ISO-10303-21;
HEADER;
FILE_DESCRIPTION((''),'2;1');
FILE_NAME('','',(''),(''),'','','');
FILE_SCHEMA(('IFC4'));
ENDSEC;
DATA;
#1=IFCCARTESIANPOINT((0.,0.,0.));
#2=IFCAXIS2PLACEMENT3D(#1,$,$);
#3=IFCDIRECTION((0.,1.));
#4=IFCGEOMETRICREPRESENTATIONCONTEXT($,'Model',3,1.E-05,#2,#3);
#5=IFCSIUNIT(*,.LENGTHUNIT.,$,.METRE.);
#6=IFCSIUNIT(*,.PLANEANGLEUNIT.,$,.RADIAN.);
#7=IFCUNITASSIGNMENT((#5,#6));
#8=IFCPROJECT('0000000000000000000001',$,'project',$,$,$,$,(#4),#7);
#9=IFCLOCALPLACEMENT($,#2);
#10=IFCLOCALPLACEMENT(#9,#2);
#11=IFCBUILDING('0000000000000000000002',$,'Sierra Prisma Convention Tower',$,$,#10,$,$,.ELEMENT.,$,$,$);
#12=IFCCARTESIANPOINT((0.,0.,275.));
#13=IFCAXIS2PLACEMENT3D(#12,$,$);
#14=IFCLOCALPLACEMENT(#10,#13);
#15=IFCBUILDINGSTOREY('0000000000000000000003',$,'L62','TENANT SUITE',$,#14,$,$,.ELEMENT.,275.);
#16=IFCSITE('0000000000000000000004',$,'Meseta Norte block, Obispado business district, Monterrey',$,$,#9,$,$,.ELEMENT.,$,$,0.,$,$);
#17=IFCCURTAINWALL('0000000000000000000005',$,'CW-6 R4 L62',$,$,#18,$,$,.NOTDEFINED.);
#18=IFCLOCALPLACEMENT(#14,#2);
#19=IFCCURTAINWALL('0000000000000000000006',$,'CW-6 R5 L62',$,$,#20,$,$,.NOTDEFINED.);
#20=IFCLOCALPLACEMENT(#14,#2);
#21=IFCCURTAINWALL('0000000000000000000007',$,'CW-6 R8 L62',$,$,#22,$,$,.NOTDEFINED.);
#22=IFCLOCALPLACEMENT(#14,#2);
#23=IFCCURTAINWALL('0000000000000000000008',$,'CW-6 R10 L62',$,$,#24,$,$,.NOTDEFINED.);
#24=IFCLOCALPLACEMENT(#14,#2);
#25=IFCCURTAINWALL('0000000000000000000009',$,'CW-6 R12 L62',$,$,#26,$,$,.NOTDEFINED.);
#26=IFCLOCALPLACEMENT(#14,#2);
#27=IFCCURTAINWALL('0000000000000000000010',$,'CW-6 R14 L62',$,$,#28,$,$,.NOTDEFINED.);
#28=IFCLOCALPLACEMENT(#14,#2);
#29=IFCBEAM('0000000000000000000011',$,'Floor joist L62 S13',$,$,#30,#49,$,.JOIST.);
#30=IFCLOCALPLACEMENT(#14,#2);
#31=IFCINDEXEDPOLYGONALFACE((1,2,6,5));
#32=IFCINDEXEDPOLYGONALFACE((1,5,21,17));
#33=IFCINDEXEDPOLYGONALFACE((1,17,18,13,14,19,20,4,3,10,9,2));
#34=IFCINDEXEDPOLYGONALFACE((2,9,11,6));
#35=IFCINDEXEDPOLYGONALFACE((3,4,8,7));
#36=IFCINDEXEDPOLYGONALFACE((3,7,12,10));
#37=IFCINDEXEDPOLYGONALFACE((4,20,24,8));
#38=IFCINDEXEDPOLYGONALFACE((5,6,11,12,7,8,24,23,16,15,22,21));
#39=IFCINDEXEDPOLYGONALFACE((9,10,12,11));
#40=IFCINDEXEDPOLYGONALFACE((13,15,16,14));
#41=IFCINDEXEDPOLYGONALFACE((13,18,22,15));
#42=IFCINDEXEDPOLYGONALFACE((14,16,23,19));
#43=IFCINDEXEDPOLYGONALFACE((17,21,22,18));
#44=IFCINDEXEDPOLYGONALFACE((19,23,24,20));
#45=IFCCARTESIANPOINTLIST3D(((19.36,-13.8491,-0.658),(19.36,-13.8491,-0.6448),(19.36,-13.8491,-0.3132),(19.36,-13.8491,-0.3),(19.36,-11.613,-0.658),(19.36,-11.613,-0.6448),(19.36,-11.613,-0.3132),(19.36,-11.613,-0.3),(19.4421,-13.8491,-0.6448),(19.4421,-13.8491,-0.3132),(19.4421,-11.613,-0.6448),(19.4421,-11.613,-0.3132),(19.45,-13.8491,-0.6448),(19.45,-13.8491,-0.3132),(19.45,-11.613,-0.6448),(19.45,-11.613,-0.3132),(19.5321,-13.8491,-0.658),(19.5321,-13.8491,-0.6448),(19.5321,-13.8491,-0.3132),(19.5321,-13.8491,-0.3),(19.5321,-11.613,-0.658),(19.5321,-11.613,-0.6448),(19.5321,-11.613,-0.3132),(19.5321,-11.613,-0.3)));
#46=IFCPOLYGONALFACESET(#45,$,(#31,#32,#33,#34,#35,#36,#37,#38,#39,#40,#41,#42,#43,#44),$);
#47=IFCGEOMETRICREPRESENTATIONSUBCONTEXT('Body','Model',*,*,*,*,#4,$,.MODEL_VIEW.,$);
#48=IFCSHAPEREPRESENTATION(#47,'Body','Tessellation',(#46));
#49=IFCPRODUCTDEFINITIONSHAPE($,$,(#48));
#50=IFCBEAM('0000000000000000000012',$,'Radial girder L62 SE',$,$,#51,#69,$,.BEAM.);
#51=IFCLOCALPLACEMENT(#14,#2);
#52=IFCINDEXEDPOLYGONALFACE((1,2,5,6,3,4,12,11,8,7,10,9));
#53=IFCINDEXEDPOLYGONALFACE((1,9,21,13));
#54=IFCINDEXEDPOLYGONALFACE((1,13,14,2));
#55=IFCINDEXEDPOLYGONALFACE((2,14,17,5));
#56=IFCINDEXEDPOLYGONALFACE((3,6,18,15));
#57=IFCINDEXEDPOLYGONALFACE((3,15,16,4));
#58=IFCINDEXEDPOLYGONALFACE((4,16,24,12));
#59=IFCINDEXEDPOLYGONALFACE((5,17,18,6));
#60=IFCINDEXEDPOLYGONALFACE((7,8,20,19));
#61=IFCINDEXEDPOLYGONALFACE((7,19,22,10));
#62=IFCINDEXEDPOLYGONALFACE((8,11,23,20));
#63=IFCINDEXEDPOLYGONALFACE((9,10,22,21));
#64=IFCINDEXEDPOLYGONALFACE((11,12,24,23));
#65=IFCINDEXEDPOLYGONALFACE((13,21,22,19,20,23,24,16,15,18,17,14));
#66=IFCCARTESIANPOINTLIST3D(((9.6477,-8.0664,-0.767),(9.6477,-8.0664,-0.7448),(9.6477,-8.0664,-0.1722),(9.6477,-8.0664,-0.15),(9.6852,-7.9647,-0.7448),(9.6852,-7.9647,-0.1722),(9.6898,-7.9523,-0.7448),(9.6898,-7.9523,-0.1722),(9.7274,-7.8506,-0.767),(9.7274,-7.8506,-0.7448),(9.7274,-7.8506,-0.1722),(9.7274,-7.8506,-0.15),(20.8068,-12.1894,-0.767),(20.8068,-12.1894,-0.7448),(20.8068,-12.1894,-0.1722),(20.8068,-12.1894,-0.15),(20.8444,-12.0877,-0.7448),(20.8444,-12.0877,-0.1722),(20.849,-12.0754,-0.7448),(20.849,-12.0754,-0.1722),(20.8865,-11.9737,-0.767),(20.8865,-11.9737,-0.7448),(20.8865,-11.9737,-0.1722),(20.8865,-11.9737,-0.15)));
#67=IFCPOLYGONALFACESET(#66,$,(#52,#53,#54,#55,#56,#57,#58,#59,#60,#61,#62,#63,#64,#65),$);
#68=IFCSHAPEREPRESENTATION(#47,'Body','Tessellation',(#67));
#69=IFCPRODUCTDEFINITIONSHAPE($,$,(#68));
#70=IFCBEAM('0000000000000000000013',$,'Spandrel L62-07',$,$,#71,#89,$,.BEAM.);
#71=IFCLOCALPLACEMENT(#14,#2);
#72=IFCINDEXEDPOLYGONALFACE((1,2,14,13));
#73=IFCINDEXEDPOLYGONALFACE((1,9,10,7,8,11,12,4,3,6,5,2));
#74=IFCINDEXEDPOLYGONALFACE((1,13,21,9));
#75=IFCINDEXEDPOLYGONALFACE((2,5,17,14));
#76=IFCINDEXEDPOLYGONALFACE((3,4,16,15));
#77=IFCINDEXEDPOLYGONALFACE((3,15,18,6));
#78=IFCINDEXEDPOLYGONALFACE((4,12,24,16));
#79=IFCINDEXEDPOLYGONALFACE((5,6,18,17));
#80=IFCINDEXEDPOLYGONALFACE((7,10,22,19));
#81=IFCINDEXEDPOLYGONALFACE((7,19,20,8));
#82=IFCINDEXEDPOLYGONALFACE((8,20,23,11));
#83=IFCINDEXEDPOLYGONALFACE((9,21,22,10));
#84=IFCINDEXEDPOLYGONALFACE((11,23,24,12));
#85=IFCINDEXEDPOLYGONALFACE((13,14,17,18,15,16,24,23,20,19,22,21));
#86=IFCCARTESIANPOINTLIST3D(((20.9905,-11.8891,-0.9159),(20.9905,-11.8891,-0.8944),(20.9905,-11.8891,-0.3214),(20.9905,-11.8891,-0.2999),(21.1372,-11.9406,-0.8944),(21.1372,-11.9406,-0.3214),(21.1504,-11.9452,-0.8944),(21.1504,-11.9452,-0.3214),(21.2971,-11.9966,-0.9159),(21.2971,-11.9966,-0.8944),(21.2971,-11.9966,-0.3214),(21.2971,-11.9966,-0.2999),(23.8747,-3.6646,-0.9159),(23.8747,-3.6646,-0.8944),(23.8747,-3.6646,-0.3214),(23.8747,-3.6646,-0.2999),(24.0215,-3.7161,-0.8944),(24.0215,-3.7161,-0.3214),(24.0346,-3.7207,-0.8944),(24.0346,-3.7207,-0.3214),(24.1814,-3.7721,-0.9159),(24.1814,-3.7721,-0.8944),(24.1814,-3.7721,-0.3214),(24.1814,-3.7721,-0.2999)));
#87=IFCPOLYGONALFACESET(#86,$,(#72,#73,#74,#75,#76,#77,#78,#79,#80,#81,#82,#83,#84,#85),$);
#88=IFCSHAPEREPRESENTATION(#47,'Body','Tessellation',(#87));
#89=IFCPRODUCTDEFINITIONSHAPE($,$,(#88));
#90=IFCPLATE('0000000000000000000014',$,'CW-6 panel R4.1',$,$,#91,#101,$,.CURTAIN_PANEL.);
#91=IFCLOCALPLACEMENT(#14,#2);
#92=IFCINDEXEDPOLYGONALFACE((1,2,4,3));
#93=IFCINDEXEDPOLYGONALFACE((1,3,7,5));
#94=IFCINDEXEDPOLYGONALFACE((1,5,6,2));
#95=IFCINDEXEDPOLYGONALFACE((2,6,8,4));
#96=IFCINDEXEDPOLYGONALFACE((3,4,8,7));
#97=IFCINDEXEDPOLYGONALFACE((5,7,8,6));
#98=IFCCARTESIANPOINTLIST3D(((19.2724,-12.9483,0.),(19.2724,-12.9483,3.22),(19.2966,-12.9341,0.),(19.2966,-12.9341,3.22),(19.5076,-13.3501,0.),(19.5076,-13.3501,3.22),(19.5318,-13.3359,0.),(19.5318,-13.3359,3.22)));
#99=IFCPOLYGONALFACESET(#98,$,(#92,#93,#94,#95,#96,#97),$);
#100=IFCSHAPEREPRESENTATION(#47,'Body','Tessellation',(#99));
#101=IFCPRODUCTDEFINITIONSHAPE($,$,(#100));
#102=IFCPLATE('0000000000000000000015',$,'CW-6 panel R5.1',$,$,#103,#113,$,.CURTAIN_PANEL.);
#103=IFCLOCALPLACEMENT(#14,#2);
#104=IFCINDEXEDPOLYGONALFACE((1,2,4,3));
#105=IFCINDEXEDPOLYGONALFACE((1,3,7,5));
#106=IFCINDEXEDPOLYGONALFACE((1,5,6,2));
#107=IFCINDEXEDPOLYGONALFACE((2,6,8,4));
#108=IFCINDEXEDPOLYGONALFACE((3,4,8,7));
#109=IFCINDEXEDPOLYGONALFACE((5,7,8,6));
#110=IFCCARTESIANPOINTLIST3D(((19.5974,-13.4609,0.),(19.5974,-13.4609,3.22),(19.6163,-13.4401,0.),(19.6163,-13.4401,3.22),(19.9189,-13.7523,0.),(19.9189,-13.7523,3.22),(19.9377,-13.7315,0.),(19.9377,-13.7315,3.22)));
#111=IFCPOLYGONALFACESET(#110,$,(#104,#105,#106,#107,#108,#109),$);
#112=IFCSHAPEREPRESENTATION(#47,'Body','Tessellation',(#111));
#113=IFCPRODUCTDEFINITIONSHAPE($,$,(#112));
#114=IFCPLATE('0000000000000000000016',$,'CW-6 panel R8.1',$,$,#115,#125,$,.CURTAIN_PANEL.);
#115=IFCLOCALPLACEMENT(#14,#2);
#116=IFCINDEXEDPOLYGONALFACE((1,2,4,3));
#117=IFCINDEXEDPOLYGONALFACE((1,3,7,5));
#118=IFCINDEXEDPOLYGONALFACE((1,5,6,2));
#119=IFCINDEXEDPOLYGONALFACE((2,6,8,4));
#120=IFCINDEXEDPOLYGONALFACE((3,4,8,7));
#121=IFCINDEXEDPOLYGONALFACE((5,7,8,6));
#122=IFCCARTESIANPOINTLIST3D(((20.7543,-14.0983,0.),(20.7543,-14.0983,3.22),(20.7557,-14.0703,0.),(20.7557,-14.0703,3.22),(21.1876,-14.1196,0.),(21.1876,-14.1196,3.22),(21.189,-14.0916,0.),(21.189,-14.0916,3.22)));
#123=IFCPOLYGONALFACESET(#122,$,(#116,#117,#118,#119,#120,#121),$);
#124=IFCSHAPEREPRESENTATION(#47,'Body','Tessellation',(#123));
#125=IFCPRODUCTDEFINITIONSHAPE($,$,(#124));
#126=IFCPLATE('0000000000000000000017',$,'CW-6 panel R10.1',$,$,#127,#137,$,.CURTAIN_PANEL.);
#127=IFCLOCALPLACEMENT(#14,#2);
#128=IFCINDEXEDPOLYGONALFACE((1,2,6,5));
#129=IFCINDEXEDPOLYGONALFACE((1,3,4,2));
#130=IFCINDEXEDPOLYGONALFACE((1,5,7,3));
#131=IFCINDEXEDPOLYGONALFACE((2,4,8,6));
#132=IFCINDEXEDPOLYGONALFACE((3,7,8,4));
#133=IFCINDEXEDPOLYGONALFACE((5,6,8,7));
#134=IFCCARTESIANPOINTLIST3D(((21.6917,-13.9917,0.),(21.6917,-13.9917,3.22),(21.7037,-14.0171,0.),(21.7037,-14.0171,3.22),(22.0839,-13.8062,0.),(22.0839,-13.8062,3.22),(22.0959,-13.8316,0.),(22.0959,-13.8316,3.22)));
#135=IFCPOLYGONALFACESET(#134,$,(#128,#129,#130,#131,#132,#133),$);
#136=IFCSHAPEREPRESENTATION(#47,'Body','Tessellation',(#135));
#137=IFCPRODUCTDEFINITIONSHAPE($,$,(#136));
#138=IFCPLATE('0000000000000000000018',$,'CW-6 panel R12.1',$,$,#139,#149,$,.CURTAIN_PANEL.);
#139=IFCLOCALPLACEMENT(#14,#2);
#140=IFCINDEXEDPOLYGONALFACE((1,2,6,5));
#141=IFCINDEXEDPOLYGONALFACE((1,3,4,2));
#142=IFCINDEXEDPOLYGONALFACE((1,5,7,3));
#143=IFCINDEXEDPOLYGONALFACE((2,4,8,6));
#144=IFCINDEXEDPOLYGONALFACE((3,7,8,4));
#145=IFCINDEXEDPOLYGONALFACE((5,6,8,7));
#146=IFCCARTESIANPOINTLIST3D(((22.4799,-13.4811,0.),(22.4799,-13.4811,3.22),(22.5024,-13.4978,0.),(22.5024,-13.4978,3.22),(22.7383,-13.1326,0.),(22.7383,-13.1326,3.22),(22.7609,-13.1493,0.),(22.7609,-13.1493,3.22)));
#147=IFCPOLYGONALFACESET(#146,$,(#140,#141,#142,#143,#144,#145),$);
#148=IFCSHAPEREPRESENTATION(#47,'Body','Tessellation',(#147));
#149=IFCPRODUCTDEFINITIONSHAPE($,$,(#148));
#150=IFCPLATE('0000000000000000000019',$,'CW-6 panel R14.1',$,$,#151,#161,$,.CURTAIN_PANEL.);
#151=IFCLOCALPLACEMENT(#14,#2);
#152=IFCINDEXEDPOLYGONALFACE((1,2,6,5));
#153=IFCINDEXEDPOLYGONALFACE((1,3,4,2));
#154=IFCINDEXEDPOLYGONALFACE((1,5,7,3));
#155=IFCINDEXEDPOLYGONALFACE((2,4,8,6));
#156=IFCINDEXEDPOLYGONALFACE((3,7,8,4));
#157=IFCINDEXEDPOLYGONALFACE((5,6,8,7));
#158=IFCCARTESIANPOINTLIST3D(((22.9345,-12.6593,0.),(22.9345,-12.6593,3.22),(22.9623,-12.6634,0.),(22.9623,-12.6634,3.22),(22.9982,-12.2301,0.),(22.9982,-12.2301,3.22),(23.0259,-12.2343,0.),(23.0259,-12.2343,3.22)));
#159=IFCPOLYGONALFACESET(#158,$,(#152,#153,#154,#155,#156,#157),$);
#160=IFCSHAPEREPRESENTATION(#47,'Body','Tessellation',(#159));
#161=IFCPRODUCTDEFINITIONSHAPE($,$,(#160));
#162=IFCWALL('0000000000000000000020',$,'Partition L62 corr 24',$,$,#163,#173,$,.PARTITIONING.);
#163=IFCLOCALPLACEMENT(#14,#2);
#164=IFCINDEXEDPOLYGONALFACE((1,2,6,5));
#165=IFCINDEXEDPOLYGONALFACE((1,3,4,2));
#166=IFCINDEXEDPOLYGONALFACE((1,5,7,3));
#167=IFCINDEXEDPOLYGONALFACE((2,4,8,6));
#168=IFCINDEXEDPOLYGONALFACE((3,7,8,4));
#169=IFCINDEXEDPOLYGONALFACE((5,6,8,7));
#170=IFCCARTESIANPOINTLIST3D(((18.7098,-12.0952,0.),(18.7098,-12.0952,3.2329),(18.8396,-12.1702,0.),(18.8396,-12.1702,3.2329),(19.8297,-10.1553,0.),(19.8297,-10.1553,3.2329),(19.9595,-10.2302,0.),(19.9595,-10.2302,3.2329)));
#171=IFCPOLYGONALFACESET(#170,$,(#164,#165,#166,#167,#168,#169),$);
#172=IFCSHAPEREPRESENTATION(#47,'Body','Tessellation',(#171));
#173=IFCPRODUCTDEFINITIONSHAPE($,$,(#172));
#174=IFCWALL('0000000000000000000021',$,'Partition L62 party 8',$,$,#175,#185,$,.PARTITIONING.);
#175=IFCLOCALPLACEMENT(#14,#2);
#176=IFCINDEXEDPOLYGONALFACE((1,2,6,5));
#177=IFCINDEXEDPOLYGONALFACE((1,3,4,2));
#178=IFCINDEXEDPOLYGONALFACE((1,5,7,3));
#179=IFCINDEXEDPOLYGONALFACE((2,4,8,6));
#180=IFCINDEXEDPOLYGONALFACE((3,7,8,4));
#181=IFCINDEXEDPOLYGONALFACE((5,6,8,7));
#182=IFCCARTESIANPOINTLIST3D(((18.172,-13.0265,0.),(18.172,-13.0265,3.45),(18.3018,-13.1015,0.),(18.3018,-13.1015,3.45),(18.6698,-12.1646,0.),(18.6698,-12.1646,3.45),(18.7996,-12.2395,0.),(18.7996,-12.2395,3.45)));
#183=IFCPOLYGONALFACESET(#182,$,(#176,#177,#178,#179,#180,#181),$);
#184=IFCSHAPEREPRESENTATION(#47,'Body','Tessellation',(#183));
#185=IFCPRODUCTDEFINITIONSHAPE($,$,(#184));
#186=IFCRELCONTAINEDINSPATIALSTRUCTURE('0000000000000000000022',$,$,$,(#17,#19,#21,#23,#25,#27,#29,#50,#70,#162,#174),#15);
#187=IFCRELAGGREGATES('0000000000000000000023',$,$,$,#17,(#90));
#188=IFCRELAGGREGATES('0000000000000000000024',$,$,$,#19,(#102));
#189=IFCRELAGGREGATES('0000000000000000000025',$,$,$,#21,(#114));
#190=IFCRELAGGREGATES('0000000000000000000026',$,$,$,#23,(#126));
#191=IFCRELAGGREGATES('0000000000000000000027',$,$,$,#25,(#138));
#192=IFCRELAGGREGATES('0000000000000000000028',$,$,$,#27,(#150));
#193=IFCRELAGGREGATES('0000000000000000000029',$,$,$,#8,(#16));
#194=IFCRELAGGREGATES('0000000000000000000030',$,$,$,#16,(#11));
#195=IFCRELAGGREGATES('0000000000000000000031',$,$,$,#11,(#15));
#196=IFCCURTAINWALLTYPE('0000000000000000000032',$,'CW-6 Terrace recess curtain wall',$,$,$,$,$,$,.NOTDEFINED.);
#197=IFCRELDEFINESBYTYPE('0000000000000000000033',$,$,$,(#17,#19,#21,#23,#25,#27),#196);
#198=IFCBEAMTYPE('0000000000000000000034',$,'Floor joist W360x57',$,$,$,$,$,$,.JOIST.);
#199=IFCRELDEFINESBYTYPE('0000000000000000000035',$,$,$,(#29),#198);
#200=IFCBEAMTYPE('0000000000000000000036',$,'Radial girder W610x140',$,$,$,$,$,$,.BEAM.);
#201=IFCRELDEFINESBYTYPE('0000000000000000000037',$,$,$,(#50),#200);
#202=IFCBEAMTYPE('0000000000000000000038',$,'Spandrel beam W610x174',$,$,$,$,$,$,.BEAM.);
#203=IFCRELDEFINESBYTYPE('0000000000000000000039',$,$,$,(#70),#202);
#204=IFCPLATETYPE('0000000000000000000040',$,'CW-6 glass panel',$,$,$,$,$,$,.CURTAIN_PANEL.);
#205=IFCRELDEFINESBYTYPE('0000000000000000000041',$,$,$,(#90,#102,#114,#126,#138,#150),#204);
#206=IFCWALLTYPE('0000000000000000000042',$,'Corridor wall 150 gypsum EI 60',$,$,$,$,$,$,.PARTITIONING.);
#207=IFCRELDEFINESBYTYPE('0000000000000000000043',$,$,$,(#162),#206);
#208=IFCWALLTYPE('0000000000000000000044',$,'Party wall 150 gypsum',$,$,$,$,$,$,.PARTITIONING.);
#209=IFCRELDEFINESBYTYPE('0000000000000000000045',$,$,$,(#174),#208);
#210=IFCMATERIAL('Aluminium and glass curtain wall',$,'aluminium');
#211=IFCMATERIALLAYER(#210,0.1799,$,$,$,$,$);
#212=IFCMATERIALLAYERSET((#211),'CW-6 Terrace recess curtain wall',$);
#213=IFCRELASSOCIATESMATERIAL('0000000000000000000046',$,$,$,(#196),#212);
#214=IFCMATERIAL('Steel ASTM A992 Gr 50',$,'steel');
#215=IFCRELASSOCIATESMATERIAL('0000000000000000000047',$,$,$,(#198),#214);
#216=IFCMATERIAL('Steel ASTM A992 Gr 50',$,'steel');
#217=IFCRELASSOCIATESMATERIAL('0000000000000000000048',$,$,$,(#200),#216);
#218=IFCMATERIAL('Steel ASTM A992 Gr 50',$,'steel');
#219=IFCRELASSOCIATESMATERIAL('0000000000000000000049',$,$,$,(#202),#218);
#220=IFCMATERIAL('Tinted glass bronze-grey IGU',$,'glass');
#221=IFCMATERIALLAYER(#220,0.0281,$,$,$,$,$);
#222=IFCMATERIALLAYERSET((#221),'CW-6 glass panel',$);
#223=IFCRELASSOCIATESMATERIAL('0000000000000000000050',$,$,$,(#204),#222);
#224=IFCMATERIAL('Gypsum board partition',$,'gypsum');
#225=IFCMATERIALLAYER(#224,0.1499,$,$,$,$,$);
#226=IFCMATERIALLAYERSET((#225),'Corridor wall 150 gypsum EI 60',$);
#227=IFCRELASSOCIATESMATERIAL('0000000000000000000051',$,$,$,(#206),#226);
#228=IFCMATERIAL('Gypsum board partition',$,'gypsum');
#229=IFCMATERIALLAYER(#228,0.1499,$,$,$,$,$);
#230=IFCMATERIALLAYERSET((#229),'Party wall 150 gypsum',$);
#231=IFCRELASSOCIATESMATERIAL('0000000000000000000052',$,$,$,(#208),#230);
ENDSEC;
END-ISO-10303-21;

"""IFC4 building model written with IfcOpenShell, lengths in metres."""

from ifc_helpers import new_model, si_unit, direction, frame, frame_2d, origin, origin_2d, place, context, subcontext, project, spatial, rectangle, i_section, extrude, material, layer, layer_set, material_profile, profile_set, type_object, element, aggregate, save


model = new_model("IFC4")

# Units and contexts
model_context = context("Model", 3, precision=1e-05, world=origin(), true_north=direction((0.0, 1.0)))
body_context = subcontext(model_context, "Body", "Model", "MODEL_VIEW")
ifc_project = project(units=[si_unit("LENGTHUNIT", "METRE"), si_unit("PLANEANGLEUNIT", "RADIAN")], contexts=[model_context])

# Site, building, storey
site_placement = place(None, origin())
site = spatial("IfcSite", under=ifc_project, at=site_placement, Name="Meseta Norte block, Obispado business district, Monterrey", CompositionType="ELEMENT", RefElevation=0.0)
building_placement = place(site_placement, origin())
building = spatial("IfcBuilding", under=site, at=building_placement, Name="Sierra Prisma Convention Tower", CompositionType="ELEMENT")
storey_placement = place(building_placement, frame((0.0, 0.0, 275.0)))
storey = spatial("IfcBuildingStorey", under=building, at=storey_placement, Name="L62", Description="TENANT SUITE", CompositionType="ELEMENT", Elevation=275.0)

# Curtain walls
ifc_material_1 = material(Name="Aluminium and glass curtain wall", Category="aluminium")
ifc_layer_1 = layer(ifc_material_1, 0.1799)
ifc_layer_set_1 = layer_set([ifc_layer_1], Name="CW-6 Terrace recess curtain wall")
curtain_wall_type = type_object("IfcCurtainWallType", Name="CW-6 Terrace recess curtain wall", PredefinedType="NOTDEFINED", material=ifc_layer_set_1)
curtain_wall_1_placement = place(storey_placement, origin())
curtain_wall_1 = element("IfcCurtainWall", 1, at=curtain_wall_1_placement, inside=storey, type_object=curtain_wall_type, Name="CW-6 R4 L62", PredefinedType="NOTDEFINED")
curtain_wall_2_placement = place(storey_placement, origin())
curtain_wall_2 = element("IfcCurtainWall", 2, at=curtain_wall_2_placement, inside=storey, type_object=curtain_wall_type, Name="CW-6 R5 L62", PredefinedType="NOTDEFINED")
curtain_wall_3_placement = place(storey_placement, origin())
curtain_wall_3 = element("IfcCurtainWall", 3, at=curtain_wall_3_placement, inside=storey, type_object=curtain_wall_type, Name="CW-6 R8 L62", PredefinedType="NOTDEFINED")
curtain_wall_4_placement = place(storey_placement, origin())
curtain_wall_4 = element("IfcCurtainWall", 4, at=curtain_wall_4_placement, inside=storey, type_object=curtain_wall_type, Name="CW-6 R10 L62", PredefinedType="NOTDEFINED")
curtain_wall_5_placement = place(storey_placement, origin())
curtain_wall_5 = element("IfcCurtainWall", 5, at=curtain_wall_5_placement, inside=storey, type_object=curtain_wall_type, Name="CW-6 R12 L62", PredefinedType="NOTDEFINED")
curtain_wall_6_placement = place(storey_placement, origin())
curtain_wall_6 = element("IfcCurtainWall", 6, at=curtain_wall_6_placement, inside=storey, type_object=curtain_wall_type, Name="CW-6 R14 L62", PredefinedType="NOTDEFINED")

# Beams
ifc_material_2 = material(Name="Steel ASTM A992 Gr 50", Category="steel")
ifc_material_profile_1 = material_profile(ifc_material_2, i_section(OverallWidth=0.1721, OverallDepth=0.3579, WebThickness=0.0078, FlangeThickness=0.0132, at=origin_2d()), Name="W360x57")
ifc_profile_set_1 = profile_set([ifc_material_profile_1], Name="Steel ASTM A992 Gr 50")
beam_type_1 = type_object("IfcBeamType", Name="Floor joist W360x57", PredefinedType="JOIST", material=ifc_profile_set_1)
beam_1_placement = place(storey_placement, frame((19.446, -13.8491, -0.479), z_axis=(0.0, 1.0, 0.0), x_axis=(-1.0, 0.0, 0.0)))
element("IfcBeam", 7, at=beam_1_placement, inside=storey, type_object=beam_type_1, Name="Floor joist L62 S13", PredefinedType="JOIST", context=body_context, shape_type="SweptSolid", body=[
    extrude(i_section(OverallWidth=0.1721, OverallDepth=0.3579, WebThickness=0.0078, FlangeThickness=0.0132, at=origin_2d()), origin(), (0.0, 0.0, 1.0), 2.2361),
])
ifc_material_3 = material(Name="Steel ASTM A992 Gr 50", Category="steel")
ifc_material_profile_2 = material_profile(ifc_material_3, i_section(OverallWidth=0.23, OverallDepth=0.6169, WebThickness=0.0132, FlangeThickness=0.0222, at=origin_2d()), Name="W610x140")
ifc_profile_set_2 = profile_set([ifc_material_profile_2], Name="Steel ASTM A992 Gr 50")
beam_type_2 = type_object("IfcBeamType", Name="Radial girder W610x140", PredefinedType="BEAM", material=ifc_profile_set_2)
beam_2_placement = place(storey_placement, frame((20.8467, -12.0815, -0.4585), z_axis=(-0.938022, 0.346576, 0.0), x_axis=(-0.346576, -0.938022, 0.0)))
element("IfcBeam", 8, at=beam_2_placement, inside=storey, type_object=beam_type_2, Name="Radial girder L62 SE", PredefinedType="BEAM", context=body_context, shape_type="SweptSolid", body=[
    extrude(i_section(OverallWidth=0.23, OverallDepth=0.6169, WebThickness=0.0132, FlangeThickness=0.0222, at=origin_2d()), origin(), (0.0, 0.0, 1.0), 11.8965),
])
ifc_material_4 = material(Name="Steel ASTM A992 Gr 50", Category="steel")
ifc_material_profile_3 = material_profile(ifc_material_4, i_section(OverallWidth=0.325, OverallDepth=0.616, WebThickness=0.0139, FlangeThickness=0.0215, at=origin_2d()), Name="W610x174")
ifc_profile_set_3 = profile_set([ifc_material_profile_3], Name="Steel ASTM A992 Gr 50")
beam_type_3 = type_object("IfcBeamType", Name="Spandrel beam W610x174", PredefinedType="BEAM", material=ifc_profile_set_3)
beam_3_placement = place(storey_placement, frame((21.1438, -11.9429, -0.6079), z_axis=(0.330929, 0.943656, 0.0), x_axis=(-0.943656, 0.330929, 0.0)))
element("IfcBeam", 9, at=beam_3_placement, inside=storey, type_object=beam_type_3, Name="Spandrel L62-07", PredefinedType="BEAM", context=body_context, shape_type="SweptSolid", body=[
    extrude(i_section(OverallWidth=0.325, OverallDepth=0.616, WebThickness=0.0139, FlangeThickness=0.0215, at=origin_2d()), origin(), (0.0, 0.0, 1.0), 8.7156),
])

# Plates
ifc_material_5 = material(Name="Tinted glass bronze-grey IGU", Category="glass")
ifc_layer_2 = layer(ifc_material_5, 0.0281)
ifc_layer_set_2 = layer_set([ifc_layer_2], Name="CW-6 glass panel")
plate_type = type_object("IfcPlateType", Name="CW-6 glass panel", PredefinedType="CURTAIN_PANEL", material=ifc_layer_set_2)
plate_1_placement = place(storey_placement, frame((19.4021, -13.1421, 0.0), z_axis=(0.0, 0.0, 1.0), x_axis=(0.505172, -0.863019, 0.0)))
plate_1 = element("IfcPlate", 10, at=plate_1_placement, type_object=plate_type, Name="CW-6 panel R4.1", PredefinedType="CURTAIN_PANEL", context=body_context, shape_type="SweptSolid", body=[
    extrude(rectangle(XDim=0.4656, YDim=0.0281, at=origin_2d()), origin(), (0.0, 0.0, 1.0), 3.22),
])
aggregate(curtain_wall_1, [plate_1])
plate_2_placement = place(storey_placement, frame((19.7676, -13.5962, 0.0), z_axis=(0.0, 0.0, 1.0), x_axis=(0.740951, -0.671559, 0.0)))
plate_2 = element("IfcPlate", 11, at=plate_2_placement, type_object=plate_type, Name="CW-6 panel R5.1", PredefinedType="CURTAIN_PANEL", context=body_context, shape_type="SweptSolid", body=[
    extrude(rectangle(XDim=0.4338, YDim=0.0281, at=origin_2d()), origin(), (0.0, 0.0, 1.0), 3.22),
])
aggregate(curtain_wall_2, [plate_2])
plate_3_placement = place(storey_placement, frame((20.9717, -14.095, 0.0), z_axis=(0.0, 0.0, 1.0), x_axis=(0.998795, -0.049068, 0.0)))
plate_3 = element("IfcPlate", 12, at=plate_3_placement, type_object=plate_type, Name="CW-6 panel R8.1", PredefinedType="CURTAIN_PANEL", context=body_context, shape_type="SweptSolid", body=[
    extrude(rectangle(XDim=0.4338, YDim=0.0281, at=origin_2d()), origin(), (0.0, 0.0, 1.0), 3.22),
])
aggregate(curtain_wall_3, [plate_3])
plate_4_placement = place(storey_placement, frame((21.8938, -13.9116, 0.0), z_axis=(0.0, 0.0, 1.0), x_axis=(0.903989, 0.427555, 0.0)))
plate_4 = element("IfcPlate", 13, at=plate_4_placement, type_object=plate_type, Name="CW-6 panel R10.1", PredefinedType="CURTAIN_PANEL", context=body_context, shape_type="SweptSolid", body=[
    extrude(rectangle(XDim=0.4338, YDim=0.0281, at=origin_2d()), origin(), (0.0, 0.0, 1.0), 3.22),
])
aggregate(curtain_wall_4, [plate_4])
plate_5_placement = place(storey_placement, frame((22.6204, -13.3152, 0.0), z_axis=(0.0, 0.0, 1.0), x_axis=(0.595699, 0.803208, 0.0)))
plate_5 = element("IfcPlate", 14, at=plate_5_placement, type_object=plate_type, Name="CW-6 panel R12.1", PredefinedType="CURTAIN_PANEL", context=body_context, shape_type="SweptSolid", body=[
    extrude(rectangle(XDim=0.4338, YDim=0.0281, at=origin_2d()), origin(), (0.0, 0.0, 1.0), 3.22),
])
aggregate(curtain_wall_5, [plate_5])
plate_6_placement = place(storey_placement, frame((22.9802, -12.4468, 0.0), z_axis=(0.0, 0.0, 1.0), x_axis=(0.14673, 0.989177, 0.0)))
plate_6 = element("IfcPlate", 15, at=plate_6_placement, type_object=plate_type, Name="CW-6 panel R14.1", PredefinedType="CURTAIN_PANEL", context=body_context, shape_type="SweptSolid", body=[
    extrude(rectangle(XDim=0.4338, YDim=0.0281, at=origin_2d()), origin(), (0.0, 0.0, 1.0), 3.22),
])
aggregate(curtain_wall_6, [plate_6])

# Walls
ifc_material_6 = material(Name="Gypsum board partition", Category="gypsum")
ifc_layer_3 = layer(ifc_material_6, 0.1499)
ifc_layer_set_3 = layer_set([ifc_layer_3], Name="Corridor wall 150 gypsum EI 60")
wall_type_1 = type_object("IfcWallType", Name="Corridor wall 150 gypsum EI 60", PredefinedType="PARTITIONING", material=ifc_layer_set_3)
wall_1_placement = place(storey_placement, frame((18.7747, -12.1328, 0.0), z_axis=(0.0, 0.0, 1.0), x_axis=(0.499949, 0.866055, 0.0)))
element("IfcWall", 16, at=wall_1_placement, inside=storey, type_object=wall_type_1, Name="Partition L62 corr 24", PredefinedType="PARTITIONING", context=body_context, shape_type="SweptSolid", body=[
    extrude(rectangle(XDim=2.24, YDim=0.1499, at=frame_2d((1.1201, 0.0))), origin(), (0.0, 0.0, 1.0), 3.2329),
])
ifc_material_7 = material(Name="Gypsum board partition", Category="gypsum")
ifc_layer_4 = layer(ifc_material_7, 0.1499)
ifc_layer_set_4 = layer_set([ifc_layer_4], Name="Party wall 150 gypsum")
wall_type_2 = type_object("IfcWallType", Name="Party wall 150 gypsum", PredefinedType="PARTITIONING", material=ifc_layer_set_4)
wall_2_placement = place(storey_placement, frame((18.7346, -12.2021, 0.0), z_axis=(0.0, 0.0, 1.0), x_axis=(-0.500069, -0.865985, 0.0)))
element("IfcWall", 17, at=wall_2_placement, inside=storey, type_object=wall_type_2, Name="Partition L62 party 8", PredefinedType="PARTITIONING", context=body_context, shape_type="SweptSolid", body=[
    extrude(rectangle(XDim=0.9954, YDim=0.1499, at=frame_2d((0.4976, 0.0))), origin(), (0.0, 0.0, 1.0), 3.45),
])

save(model, "model.ifc")
